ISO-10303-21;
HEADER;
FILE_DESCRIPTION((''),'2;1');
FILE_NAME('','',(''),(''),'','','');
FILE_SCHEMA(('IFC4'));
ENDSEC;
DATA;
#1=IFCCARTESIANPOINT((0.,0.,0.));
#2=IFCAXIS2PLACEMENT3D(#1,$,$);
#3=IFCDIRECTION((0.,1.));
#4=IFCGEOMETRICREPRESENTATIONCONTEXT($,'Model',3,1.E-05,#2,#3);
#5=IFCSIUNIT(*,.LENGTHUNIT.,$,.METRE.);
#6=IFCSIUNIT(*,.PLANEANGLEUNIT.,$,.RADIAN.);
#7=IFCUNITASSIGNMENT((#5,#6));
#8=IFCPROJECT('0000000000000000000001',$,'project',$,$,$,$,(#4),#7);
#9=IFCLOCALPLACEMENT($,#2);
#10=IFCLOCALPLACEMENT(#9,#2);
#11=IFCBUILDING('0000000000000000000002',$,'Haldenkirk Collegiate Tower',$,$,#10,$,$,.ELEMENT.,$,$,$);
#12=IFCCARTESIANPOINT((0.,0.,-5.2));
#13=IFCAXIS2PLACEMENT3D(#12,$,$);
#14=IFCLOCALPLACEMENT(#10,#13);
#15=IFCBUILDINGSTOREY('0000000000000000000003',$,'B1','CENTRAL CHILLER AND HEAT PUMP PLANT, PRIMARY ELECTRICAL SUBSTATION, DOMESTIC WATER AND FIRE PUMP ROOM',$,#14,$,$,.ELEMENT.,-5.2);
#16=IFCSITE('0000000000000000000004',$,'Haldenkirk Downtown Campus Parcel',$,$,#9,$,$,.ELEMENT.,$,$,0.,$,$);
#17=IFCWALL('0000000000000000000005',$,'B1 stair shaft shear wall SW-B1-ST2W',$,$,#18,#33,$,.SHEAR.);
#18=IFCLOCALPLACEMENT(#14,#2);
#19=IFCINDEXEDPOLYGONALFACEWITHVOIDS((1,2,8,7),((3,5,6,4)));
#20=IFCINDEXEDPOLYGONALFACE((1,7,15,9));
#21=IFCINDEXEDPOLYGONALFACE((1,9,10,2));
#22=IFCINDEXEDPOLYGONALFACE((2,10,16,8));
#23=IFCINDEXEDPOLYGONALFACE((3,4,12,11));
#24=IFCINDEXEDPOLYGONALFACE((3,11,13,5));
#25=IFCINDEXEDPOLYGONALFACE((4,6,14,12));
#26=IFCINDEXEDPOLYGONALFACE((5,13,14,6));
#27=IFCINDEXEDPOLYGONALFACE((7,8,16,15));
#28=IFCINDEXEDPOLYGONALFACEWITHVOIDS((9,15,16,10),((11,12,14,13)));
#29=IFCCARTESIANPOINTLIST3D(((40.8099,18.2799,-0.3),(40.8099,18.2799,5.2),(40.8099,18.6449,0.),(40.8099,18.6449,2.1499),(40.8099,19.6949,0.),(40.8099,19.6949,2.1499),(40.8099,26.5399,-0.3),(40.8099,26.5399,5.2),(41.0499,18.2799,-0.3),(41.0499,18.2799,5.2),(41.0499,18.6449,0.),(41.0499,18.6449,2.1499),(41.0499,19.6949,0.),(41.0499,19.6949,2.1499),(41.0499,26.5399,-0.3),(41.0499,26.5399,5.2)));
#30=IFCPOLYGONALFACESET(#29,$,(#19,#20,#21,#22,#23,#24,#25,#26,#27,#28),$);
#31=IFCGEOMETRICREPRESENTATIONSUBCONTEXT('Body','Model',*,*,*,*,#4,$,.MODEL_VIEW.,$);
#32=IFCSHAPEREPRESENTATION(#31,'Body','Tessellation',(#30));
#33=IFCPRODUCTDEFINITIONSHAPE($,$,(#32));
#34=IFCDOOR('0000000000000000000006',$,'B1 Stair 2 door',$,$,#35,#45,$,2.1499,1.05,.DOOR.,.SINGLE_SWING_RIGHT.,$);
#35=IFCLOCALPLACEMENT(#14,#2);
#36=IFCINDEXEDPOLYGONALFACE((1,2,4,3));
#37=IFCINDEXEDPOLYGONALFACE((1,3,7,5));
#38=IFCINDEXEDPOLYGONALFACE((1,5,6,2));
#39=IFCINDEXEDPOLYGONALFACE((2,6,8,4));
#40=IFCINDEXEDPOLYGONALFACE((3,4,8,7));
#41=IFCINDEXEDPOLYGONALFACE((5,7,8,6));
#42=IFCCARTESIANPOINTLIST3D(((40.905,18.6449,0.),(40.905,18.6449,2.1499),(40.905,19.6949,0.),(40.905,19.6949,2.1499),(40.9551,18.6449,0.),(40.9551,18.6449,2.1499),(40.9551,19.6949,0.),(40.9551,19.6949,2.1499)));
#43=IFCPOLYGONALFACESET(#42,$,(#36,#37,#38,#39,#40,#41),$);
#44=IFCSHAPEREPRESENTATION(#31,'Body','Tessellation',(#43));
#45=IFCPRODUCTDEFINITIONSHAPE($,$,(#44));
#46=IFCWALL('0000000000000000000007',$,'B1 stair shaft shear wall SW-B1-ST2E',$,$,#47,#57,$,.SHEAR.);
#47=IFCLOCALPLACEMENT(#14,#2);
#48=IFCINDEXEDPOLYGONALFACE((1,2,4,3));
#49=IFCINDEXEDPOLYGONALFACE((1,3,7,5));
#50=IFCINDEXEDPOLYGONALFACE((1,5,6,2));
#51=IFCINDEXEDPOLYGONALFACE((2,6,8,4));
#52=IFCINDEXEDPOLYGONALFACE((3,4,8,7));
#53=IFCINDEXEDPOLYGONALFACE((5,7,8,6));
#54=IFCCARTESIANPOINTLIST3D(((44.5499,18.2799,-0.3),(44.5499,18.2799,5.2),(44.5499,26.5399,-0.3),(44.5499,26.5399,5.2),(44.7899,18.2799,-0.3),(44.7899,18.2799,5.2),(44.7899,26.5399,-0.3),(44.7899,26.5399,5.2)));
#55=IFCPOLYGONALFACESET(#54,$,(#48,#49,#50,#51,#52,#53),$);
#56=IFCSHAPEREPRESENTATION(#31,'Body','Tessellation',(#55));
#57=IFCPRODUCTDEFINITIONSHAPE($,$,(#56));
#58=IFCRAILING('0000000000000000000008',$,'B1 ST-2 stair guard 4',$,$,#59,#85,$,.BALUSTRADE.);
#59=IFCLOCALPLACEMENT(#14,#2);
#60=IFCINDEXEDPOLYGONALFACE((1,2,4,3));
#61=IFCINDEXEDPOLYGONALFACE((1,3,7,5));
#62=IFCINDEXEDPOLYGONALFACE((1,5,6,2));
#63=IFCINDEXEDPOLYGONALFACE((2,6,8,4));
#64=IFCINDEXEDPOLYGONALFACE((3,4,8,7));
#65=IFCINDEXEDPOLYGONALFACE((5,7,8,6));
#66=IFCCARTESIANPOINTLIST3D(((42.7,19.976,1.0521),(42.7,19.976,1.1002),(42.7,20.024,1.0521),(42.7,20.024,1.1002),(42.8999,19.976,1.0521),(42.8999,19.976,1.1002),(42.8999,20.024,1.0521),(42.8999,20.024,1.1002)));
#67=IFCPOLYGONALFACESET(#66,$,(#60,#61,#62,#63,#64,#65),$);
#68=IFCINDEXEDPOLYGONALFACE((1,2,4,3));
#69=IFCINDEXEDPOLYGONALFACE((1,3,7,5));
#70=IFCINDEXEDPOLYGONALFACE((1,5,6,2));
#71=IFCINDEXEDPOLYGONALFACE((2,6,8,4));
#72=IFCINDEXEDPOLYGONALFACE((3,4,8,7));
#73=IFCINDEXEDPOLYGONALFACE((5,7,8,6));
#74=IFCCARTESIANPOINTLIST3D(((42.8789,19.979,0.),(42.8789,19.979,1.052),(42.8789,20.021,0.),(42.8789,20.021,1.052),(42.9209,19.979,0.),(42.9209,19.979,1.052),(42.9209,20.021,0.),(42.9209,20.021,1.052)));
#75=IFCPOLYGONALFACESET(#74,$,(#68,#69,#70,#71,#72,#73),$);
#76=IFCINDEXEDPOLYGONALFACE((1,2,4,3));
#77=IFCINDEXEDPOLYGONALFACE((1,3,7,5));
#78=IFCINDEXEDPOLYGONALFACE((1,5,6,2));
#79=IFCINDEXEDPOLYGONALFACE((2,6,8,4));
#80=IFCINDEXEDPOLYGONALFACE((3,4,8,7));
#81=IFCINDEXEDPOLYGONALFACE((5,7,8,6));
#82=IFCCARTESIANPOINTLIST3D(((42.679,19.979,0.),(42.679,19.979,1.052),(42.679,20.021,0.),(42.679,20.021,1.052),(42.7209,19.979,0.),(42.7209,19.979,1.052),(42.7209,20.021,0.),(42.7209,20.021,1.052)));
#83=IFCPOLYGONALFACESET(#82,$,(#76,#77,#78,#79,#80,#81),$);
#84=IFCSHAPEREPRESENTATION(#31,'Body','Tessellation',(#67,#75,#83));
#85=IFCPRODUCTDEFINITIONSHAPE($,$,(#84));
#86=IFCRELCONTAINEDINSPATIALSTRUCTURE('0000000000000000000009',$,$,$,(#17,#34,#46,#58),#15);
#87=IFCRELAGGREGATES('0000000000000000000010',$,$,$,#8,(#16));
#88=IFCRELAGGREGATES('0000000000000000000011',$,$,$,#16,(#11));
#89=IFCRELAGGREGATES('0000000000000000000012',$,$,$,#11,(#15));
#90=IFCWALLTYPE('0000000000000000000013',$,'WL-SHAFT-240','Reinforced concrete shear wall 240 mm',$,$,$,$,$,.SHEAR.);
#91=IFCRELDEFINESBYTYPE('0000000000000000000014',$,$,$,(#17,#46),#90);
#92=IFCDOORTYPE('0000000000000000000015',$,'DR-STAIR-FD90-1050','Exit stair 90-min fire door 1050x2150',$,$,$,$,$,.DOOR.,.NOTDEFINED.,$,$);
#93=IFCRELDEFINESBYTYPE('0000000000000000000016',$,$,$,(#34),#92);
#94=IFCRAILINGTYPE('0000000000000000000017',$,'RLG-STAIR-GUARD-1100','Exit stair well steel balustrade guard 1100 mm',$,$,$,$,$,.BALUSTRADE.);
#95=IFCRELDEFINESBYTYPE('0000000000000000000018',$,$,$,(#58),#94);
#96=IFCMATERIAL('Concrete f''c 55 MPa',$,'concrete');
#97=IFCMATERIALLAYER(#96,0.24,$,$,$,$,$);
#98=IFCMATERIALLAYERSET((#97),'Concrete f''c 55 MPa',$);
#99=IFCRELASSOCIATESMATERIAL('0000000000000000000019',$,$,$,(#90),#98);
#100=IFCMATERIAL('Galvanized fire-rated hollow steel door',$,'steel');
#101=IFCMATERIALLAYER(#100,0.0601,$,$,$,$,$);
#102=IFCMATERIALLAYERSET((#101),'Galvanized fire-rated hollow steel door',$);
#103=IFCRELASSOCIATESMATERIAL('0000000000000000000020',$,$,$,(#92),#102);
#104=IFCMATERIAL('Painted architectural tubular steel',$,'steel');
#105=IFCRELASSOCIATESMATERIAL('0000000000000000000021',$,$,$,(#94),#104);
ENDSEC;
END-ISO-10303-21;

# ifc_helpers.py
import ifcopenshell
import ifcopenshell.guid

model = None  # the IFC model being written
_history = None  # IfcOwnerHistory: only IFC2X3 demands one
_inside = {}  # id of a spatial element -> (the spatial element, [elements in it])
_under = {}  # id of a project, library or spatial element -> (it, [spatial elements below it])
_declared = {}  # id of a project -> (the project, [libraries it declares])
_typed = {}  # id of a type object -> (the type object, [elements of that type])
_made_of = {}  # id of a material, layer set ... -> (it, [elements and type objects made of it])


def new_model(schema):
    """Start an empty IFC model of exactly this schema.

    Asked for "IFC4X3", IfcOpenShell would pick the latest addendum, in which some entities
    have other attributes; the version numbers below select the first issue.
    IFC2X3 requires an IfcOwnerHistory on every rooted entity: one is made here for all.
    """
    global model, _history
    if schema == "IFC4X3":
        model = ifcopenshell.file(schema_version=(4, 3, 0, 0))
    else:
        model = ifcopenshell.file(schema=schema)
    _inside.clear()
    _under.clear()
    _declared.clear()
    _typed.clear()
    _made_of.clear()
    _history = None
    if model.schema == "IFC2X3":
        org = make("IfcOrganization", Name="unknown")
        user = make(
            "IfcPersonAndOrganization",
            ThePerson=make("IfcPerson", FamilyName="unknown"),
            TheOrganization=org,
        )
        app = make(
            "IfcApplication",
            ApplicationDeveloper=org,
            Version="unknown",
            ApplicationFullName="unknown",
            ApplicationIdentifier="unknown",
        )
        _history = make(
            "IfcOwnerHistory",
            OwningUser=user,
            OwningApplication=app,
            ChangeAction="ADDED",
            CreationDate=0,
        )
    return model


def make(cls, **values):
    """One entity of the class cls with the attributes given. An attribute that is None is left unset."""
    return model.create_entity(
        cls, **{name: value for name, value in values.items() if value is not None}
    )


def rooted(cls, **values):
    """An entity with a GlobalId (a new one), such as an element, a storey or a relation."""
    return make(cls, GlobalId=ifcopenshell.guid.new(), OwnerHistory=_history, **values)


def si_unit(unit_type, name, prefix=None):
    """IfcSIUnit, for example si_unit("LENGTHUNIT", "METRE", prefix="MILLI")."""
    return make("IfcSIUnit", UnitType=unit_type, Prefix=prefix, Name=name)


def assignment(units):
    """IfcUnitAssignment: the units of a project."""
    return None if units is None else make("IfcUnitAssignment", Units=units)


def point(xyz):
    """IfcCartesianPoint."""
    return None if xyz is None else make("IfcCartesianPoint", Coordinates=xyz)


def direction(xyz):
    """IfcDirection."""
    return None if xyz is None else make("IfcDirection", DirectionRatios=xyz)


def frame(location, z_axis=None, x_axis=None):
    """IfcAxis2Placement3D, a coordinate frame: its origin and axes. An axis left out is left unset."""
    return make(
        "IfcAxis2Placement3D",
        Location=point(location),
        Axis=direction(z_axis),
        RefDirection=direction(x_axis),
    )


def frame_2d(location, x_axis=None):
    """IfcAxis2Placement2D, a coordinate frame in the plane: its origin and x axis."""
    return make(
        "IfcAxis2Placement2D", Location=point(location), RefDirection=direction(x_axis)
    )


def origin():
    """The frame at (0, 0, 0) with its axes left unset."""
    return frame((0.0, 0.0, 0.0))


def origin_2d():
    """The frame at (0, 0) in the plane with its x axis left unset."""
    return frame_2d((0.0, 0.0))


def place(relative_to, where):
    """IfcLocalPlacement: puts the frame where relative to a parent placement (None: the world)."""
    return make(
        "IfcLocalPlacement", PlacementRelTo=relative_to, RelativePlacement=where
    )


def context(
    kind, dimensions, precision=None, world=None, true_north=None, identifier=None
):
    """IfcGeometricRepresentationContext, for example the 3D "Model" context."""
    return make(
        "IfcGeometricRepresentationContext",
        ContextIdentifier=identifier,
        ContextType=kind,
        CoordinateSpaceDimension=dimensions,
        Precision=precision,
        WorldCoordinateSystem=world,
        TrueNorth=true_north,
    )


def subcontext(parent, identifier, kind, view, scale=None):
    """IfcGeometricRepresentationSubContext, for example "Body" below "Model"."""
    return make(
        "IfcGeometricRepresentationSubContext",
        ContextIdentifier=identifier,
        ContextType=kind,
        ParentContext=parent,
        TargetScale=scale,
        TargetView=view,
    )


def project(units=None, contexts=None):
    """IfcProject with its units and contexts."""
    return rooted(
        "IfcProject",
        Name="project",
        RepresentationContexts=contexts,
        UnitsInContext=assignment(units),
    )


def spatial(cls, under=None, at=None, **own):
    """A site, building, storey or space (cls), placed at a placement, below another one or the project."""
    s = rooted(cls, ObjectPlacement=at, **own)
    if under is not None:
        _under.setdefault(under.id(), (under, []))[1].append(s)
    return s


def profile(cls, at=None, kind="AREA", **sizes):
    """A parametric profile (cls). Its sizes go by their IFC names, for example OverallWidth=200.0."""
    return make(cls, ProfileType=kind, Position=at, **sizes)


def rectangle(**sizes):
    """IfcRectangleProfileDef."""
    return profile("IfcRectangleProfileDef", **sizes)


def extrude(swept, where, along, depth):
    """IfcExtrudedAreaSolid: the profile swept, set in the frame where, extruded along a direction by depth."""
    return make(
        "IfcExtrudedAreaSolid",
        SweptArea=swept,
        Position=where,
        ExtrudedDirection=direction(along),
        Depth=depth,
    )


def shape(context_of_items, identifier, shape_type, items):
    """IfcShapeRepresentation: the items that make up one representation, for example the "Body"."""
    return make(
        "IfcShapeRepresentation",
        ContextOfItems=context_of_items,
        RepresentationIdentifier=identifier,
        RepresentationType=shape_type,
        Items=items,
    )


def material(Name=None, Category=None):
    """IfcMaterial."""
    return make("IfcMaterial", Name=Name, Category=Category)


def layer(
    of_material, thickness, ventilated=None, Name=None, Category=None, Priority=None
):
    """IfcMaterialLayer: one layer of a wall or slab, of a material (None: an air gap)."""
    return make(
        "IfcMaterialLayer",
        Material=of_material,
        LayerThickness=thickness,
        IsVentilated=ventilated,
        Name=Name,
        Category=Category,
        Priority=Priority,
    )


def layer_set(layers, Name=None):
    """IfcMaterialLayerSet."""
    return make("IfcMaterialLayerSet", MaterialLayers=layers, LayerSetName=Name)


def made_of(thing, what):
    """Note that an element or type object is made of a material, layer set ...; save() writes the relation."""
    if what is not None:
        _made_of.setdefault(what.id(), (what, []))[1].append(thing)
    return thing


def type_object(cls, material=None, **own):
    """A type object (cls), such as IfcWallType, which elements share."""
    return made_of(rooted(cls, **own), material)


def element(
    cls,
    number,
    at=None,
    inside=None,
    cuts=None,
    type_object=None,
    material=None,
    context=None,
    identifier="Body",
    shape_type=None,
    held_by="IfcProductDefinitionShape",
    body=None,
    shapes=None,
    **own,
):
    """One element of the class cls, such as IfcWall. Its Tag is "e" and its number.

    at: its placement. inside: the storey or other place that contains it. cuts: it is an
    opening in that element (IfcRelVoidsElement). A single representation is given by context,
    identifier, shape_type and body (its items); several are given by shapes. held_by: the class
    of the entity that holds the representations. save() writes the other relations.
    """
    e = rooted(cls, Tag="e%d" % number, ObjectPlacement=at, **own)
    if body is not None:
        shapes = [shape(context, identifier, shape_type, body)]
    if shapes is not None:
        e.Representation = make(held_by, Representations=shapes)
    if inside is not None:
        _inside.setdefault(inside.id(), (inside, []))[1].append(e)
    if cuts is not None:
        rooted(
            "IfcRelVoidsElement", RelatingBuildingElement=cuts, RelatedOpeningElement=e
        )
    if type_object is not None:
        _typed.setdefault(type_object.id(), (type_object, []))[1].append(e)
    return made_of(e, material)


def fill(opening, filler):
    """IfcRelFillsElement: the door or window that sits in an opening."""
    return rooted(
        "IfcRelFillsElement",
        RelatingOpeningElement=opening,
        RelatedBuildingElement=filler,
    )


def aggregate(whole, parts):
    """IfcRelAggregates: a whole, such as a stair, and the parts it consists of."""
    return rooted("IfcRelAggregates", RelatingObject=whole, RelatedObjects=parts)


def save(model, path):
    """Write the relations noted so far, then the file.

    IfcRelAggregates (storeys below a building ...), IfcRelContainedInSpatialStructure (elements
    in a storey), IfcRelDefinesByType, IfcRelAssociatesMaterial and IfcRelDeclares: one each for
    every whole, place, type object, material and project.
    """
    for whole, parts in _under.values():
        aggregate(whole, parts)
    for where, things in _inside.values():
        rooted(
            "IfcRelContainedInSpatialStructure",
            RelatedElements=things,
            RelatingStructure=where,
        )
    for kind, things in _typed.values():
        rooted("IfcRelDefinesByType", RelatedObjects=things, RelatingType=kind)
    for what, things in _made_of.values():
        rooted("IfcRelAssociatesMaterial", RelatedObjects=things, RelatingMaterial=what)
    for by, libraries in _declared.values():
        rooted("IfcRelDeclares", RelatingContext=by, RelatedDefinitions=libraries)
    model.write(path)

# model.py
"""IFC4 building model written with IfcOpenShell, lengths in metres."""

from ifc_helpers import new_model, si_unit, direction, frame, frame_2d, origin, origin_2d, place, context, subcontext, project, spatial, rectangle, extrude, material, layer, layer_set, type_object, element, fill, save


model = new_model("IFC4")

# Units and contexts
model_context = context("Model", 3, precision=1e-05, world=origin(), true_north=direction((0.0, 1.0)))
body_context = subcontext(model_context, "Body", "Model", "MODEL_VIEW")
ifc_project = project(units=[si_unit("LENGTHUNIT", "METRE"), si_unit("PLANEANGLEUNIT", "RADIAN")], contexts=[model_context])

# Site, building, storey
site_placement = place(None, origin())
site = spatial("IfcSite", under=ifc_project, at=site_placement, Name="Haldenkirk Downtown Campus Parcel", CompositionType="ELEMENT", RefElevation=0.0)
building_placement = place(site_placement, origin())
building = spatial("IfcBuilding", under=site, at=building_placement, Name="Haldenkirk Collegiate Tower", CompositionType="ELEMENT")
storey_placement = place(building_placement, frame((0.0, 0.0, -5.2)))
storey = spatial("IfcBuildingStorey", under=building, at=storey_placement, Name="B1", Description="CENTRAL CHILLER AND HEAT PUMP PLANT, PRIMARY ELECTRICAL SUBSTATION, DOMESTIC WATER AND FIRE PUMP ROOM", CompositionType="ELEMENT", Elevation=-5.2)

# Shared definitions
ifc_material_1 = material(Name="Concrete f'c 55 MPa", Category="concrete")

# Shared definitions
ifc_material_2 = material(Name="Galvanized fire-rated hollow steel door", Category="steel")

# Wall, opening, door
ifc_layer_1 = layer(ifc_material_1, 0.24)
ifc_layer_set_1 = layer_set([ifc_layer_1], Name="Concrete f'c 55 MPa")
wall_type_1 = type_object("IfcWallType", Name="WL-SHAFT-240", Description="Reinforced concrete shear wall 240 mm", PredefinedType="SHEAR", material=ifc_layer_set_1)
wall_1_placement = place(storey_placement, frame((40.9299, 18.28, -0.3), z_axis=(0.0, 0.0, 1.0), x_axis=(0.0, 1.0, 0.0)))
wall_1 = element("IfcWall", 1, at=wall_1_placement, inside=storey, type_object=wall_type_1, Name="B1 stair shaft shear wall SW-B1-ST2W", PredefinedType="SHEAR", context=body_context, shape_type="SweptSolid", body=[
    extrude(rectangle(XDim=8.26, YDim=0.24, at=frame_2d((4.1299, 0.0))), origin(), (0.0, 0.0, 1.0), 5.5),
])
opening_1_placement = place(wall_1_placement, frame((0.365, 0.0, 0.3)))
opening_1 = element("IfcOpeningElement", 2, at=opening_1_placement, cuts=wall_1, PredefinedType="OPENING", context=body_context, shape_type="SweptSolid", body=[
    extrude(rectangle(XDim=1.05, YDim=2.1499, at=frame_2d((0.5249, 1.075))), frame((0.0, 0.1299, 0.0), z_axis=(0.0, -1.0, 0.0), x_axis=(1.0, 0.0, 0.0)), (0.0, 0.0, 1.0), 0.26),
])
ifc_layer_2 = layer(ifc_material_2, 0.0601)
ifc_layer_set_2 = layer_set([ifc_layer_2], Name="Galvanized fire-rated hollow steel door")
door_type_1 = type_object("IfcDoorType", Name="DR-STAIR-FD90-1050", Description="Exit stair 90-min fire door 1050x2150", OperationType="NOTDEFINED", PredefinedType="DOOR", material=ifc_layer_set_2)
door_1_placement = place(opening_1_placement, origin())
door_1 = element("IfcDoor", 3, at=door_1_placement, inside=storey, type_object=door_type_1, Name="B1 Stair 2 door", OperationType="SINGLE_SWING_RIGHT", OverallHeight=2.1499, OverallWidth=1.05, PredefinedType="DOOR", context=body_context, shape_type="SweptSolid", body=[
    extrude(rectangle(XDim=1.05, YDim=2.1499, at=frame_2d((0.5249, 1.075))), frame((0.0, 0.0249, 0.0), z_axis=(0.0, -1.0, 0.0), x_axis=(1.0, 0.0, 0.0)), (0.0, 0.0, 1.0), 0.05),
])
fill(opening_1, door_1)

# Wall
wall_2_placement = place(storey_placement, frame((44.6699, 18.28, -0.3), z_axis=(0.0, 0.0, 1.0), x_axis=(0.0, 1.0, 0.0)))
element("IfcWall", 4, at=wall_2_placement, inside=storey, type_object=wall_type_1, Name="B1 stair shaft shear wall SW-B1-ST2E", PredefinedType="SHEAR", context=body_context, shape_type="SweptSolid", body=[
    extrude(rectangle(XDim=8.26, YDim=0.24, at=frame_2d((4.1299, 0.0))), origin(), (0.0, 0.0, 1.0), 5.5),
])

# Railing
ifc_material_3 = material(Name="Painted architectural tubular steel", Category="steel")
railing_type = type_object("IfcRailingType", Name="RLG-STAIR-GUARD-1100", Description="Exit stair well steel balustrade guard 1100 mm", PredefinedType="BALUSTRADE", material=ifc_material_3)
railing_placement = place(storey_placement, frame((42.8999, 20.0, 0.0)))
element("IfcRailing", 5, at=railing_placement, inside=storey, type_object=railing_type, Name="B1 ST-2 stair guard 4", PredefinedType="BALUSTRADE", context=body_context, shape_type="SweptSolid", body=[
    extrude(rectangle(XDim=0.0481, YDim=0.0481, at=origin_2d()), frame((0.0, 0.0, 1.0762), z_axis=(-1.0, 0.0, 0.0), x_axis=(0.0, -1.0, 0.0)), (0.0, 0.0, 1.0), 0.2),
    extrude(rectangle(XDim=0.042, YDim=0.042, at=origin_2d()), origin(), (0.0, 0.0, 1.0), 1.052),
    extrude(rectangle(XDim=0.042, YDim=0.042, at=origin_2d()), frame((-0.2, 0.0, 0.0)), (0.0, 0.0, 1.0), 1.052),
])

save(model, "model.ifc")
